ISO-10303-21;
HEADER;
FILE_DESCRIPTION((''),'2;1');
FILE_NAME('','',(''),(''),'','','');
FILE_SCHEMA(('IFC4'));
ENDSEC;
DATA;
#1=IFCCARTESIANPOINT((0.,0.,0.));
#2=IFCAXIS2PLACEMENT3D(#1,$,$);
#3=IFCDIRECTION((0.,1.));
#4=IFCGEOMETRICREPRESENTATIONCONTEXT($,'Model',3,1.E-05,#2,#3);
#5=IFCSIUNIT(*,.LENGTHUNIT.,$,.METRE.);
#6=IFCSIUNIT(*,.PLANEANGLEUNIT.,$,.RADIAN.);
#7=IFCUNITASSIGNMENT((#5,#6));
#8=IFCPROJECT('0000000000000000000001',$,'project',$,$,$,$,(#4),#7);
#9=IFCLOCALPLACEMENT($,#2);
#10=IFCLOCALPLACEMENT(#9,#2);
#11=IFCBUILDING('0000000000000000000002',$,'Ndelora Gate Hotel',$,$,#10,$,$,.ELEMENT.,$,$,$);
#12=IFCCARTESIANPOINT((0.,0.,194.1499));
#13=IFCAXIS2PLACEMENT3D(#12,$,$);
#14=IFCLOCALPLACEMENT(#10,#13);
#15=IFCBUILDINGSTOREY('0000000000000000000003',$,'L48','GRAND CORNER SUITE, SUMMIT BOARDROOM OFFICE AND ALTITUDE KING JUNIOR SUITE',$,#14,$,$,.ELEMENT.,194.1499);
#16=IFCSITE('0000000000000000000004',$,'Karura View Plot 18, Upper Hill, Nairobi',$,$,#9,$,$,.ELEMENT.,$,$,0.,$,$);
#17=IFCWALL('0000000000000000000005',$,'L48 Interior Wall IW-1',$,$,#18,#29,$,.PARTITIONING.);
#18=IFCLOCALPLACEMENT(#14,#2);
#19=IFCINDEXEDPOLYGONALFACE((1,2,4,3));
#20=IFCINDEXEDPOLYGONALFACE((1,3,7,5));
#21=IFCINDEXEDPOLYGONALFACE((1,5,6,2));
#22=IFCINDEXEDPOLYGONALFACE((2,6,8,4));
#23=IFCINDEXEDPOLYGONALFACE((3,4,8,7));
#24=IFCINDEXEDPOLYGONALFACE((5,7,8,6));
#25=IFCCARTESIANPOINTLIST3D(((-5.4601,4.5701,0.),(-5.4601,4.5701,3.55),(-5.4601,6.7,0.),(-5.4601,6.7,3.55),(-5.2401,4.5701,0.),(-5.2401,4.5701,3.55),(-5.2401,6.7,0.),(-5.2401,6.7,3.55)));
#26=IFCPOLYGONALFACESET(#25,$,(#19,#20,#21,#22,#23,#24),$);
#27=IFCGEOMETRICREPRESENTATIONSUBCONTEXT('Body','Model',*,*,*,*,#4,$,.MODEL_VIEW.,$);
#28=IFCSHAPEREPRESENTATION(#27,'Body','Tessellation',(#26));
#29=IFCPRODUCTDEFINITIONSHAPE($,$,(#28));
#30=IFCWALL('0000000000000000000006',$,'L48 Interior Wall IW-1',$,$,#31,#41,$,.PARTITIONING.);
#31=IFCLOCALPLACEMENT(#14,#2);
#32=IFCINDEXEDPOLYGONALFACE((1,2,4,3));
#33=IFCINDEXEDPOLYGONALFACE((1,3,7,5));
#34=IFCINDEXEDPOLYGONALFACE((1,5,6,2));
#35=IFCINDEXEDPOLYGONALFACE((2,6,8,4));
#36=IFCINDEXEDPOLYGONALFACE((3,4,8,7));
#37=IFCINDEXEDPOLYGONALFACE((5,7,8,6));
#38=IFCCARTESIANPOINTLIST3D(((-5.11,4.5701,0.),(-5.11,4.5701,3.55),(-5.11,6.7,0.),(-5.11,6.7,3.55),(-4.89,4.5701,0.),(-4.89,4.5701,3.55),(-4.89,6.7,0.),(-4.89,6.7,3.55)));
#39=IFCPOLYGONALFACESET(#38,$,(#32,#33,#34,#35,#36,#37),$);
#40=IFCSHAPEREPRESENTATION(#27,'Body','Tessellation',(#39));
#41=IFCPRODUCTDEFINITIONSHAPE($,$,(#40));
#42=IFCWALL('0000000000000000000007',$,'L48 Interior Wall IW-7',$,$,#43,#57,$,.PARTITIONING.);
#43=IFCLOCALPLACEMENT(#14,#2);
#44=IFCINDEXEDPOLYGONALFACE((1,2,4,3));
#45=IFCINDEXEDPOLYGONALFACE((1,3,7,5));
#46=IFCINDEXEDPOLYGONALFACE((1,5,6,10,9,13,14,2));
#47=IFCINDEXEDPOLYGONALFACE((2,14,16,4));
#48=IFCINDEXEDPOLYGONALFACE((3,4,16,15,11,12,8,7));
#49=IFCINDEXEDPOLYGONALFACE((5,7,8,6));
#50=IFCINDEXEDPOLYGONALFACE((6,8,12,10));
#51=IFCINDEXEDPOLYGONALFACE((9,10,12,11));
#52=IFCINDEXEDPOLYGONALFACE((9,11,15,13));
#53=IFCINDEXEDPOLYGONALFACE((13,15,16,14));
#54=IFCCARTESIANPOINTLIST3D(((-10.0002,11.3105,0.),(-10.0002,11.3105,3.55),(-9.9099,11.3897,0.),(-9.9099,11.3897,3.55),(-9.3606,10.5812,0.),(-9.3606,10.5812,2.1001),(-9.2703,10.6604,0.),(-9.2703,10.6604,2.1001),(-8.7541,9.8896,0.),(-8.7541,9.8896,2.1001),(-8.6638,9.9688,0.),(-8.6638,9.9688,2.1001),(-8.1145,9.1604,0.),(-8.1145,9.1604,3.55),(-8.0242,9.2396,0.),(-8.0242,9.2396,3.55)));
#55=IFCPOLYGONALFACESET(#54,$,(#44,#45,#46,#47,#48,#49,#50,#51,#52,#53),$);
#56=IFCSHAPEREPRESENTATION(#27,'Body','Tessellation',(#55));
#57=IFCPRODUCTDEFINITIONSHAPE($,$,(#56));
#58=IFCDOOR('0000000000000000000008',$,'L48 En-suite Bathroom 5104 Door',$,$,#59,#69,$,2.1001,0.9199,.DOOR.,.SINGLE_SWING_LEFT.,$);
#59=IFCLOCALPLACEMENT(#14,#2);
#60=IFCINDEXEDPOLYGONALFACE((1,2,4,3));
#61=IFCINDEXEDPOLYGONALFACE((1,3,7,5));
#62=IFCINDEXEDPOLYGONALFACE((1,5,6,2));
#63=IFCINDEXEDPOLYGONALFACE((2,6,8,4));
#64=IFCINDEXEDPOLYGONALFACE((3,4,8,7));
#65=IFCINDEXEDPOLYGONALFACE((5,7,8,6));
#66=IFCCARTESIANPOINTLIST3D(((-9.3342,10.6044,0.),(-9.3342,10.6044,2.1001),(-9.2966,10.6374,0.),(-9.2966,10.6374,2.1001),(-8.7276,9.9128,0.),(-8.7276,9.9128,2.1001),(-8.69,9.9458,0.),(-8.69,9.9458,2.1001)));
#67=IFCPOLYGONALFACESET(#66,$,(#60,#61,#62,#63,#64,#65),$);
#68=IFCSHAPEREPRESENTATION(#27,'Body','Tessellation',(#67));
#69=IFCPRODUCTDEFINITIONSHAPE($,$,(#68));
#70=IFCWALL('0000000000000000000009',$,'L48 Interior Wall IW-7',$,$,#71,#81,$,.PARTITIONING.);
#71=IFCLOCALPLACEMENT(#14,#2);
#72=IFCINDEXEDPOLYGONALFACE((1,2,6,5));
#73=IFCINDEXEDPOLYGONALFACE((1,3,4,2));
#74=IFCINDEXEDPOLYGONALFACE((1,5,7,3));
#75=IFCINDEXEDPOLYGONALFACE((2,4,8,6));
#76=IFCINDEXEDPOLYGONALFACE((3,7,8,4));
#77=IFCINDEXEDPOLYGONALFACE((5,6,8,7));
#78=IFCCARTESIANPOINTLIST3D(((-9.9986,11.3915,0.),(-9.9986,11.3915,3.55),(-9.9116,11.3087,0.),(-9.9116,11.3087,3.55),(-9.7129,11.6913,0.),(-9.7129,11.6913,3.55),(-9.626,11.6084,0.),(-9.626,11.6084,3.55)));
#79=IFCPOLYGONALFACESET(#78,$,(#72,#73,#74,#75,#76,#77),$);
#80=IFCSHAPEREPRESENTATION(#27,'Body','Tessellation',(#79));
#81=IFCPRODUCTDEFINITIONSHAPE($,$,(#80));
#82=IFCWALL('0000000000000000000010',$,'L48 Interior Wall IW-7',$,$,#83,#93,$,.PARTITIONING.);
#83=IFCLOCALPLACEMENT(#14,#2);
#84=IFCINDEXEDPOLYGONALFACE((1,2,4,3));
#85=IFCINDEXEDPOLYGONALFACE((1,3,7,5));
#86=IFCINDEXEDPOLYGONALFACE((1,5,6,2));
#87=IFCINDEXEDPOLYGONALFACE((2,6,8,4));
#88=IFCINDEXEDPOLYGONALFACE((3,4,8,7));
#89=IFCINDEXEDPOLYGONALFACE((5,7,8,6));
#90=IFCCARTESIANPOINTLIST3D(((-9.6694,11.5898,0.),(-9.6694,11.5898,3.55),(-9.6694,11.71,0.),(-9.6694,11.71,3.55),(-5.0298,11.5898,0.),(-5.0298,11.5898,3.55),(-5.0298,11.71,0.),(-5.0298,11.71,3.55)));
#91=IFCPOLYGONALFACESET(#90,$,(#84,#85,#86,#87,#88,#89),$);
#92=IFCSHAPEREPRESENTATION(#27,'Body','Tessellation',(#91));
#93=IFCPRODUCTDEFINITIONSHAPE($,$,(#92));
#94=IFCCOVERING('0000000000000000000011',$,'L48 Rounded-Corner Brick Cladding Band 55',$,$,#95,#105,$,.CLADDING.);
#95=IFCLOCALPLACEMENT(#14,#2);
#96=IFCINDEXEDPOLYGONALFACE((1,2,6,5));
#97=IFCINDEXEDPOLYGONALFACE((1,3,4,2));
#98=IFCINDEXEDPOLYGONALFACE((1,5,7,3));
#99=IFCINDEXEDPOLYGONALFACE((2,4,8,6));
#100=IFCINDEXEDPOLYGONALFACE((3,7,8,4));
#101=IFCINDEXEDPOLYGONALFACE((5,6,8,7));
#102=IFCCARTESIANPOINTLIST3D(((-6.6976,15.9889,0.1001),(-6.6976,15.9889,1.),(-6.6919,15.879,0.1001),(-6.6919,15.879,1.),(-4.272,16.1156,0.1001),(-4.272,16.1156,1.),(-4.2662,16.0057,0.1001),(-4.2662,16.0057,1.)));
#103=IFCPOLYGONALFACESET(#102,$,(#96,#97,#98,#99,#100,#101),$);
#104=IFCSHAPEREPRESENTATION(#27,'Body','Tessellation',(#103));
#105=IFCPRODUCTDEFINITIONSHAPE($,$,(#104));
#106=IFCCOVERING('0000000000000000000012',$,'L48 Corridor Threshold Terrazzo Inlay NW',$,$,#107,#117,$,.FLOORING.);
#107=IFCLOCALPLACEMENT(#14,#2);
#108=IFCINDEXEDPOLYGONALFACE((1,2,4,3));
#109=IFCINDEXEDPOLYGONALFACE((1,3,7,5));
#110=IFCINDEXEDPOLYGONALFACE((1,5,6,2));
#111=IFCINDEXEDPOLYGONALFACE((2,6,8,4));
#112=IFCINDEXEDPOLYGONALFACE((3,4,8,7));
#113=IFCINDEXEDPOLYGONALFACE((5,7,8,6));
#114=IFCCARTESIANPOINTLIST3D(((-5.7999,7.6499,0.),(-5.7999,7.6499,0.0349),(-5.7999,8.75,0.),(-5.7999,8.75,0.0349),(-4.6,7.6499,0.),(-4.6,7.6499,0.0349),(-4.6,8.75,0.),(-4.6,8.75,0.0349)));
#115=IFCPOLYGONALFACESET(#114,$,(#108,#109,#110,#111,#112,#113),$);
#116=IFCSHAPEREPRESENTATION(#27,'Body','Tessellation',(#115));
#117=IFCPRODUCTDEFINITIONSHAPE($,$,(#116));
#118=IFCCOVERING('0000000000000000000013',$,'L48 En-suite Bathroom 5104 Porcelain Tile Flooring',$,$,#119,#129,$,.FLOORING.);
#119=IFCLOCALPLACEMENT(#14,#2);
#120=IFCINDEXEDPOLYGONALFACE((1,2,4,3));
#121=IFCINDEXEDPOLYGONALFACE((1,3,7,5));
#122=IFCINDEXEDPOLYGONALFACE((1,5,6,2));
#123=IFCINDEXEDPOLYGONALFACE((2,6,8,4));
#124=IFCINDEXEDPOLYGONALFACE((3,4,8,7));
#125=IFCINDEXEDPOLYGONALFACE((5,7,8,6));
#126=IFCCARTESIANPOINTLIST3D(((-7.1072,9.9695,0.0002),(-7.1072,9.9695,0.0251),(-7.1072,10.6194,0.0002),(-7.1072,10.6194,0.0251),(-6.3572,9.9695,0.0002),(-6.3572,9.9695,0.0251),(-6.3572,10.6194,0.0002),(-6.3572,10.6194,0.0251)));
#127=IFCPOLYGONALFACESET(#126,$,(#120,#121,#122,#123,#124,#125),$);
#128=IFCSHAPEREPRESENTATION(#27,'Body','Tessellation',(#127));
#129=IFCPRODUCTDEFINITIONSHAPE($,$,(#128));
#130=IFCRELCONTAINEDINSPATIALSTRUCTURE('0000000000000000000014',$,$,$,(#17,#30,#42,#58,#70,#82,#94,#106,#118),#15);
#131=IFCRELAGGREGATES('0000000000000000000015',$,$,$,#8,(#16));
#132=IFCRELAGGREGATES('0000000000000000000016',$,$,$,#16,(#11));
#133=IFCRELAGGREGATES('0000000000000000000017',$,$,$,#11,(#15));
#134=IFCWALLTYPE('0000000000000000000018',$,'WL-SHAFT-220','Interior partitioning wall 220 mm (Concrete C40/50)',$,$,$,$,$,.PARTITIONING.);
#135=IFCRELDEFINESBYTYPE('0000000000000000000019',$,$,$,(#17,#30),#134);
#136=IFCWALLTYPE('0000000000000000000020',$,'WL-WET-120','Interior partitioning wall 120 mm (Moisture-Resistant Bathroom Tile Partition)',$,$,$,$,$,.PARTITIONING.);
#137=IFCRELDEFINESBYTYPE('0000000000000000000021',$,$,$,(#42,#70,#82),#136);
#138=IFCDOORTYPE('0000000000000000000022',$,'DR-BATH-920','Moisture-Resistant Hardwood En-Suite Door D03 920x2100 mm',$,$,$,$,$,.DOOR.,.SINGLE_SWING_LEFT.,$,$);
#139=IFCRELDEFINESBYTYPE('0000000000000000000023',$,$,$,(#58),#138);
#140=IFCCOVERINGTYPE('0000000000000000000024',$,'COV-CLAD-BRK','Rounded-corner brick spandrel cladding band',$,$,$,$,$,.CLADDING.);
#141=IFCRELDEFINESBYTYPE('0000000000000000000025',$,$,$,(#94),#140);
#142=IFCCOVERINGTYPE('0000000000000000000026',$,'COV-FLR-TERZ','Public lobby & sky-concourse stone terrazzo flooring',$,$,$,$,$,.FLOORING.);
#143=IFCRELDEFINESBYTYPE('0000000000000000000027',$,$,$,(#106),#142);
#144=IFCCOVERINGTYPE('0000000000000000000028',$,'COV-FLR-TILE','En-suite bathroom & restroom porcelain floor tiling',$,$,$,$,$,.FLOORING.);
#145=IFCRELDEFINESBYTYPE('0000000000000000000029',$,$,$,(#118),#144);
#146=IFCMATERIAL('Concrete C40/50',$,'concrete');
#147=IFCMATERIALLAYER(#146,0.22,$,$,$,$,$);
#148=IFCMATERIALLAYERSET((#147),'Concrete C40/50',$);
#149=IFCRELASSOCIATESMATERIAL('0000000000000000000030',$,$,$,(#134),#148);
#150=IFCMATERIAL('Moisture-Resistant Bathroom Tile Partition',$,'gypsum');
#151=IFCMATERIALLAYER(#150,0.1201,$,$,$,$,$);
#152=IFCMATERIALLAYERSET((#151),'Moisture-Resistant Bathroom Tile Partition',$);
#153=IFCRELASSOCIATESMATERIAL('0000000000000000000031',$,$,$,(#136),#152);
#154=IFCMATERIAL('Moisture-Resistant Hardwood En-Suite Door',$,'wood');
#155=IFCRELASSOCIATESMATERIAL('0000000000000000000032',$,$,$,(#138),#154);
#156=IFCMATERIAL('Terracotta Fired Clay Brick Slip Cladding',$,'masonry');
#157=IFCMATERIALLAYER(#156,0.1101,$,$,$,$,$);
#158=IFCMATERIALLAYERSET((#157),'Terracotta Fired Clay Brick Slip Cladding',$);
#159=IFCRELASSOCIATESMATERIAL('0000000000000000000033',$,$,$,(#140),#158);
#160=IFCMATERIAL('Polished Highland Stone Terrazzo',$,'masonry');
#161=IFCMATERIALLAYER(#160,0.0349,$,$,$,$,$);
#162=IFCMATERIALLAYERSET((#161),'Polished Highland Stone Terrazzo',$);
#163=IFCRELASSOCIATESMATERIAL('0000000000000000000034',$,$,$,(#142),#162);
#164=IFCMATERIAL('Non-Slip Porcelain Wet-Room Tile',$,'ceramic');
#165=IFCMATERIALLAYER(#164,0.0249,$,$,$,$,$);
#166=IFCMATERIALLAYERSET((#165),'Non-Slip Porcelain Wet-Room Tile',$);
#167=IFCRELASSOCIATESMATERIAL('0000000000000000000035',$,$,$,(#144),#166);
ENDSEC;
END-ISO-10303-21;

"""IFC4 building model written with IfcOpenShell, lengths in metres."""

from ifc_helpers import new_model, si_unit, direction, frame, frame_2d, origin, origin_2d, place, context, subcontext, project, spatial, rectangle, extrude, material, layer, layer_set, type_object, element, fill, save


model = new_model("IFC4")

# Units and contexts
model_context = context("Model", 3, precision=1e-05, world=origin(), true_north=direction((0.0, 1.0)))
body_context = subcontext(model_context, "Body", "Model", "MODEL_VIEW")
ifc_project = project(units=[si_unit("LENGTHUNIT", "METRE"), si_unit("PLANEANGLEUNIT", "RADIAN")], contexts=[model_context])

# Site, building, storey
site_placement = place(None, origin())
site = spatial("IfcSite", under=ifc_project, at=site_placement, Name="Karura View Plot 18, Upper Hill, Nairobi", CompositionType="ELEMENT", RefElevation=0.0)
building_placement = place(site_placement, origin())
building = spatial("IfcBuilding", under=site, at=building_placement, Name="Ndelora Gate Hotel", CompositionType="ELEMENT")
storey_placement = place(building_placement, frame((0.0, 0.0, 194.1499)))
storey = spatial("IfcBuildingStorey", under=building, at=storey_placement, Name="L48", Description="GRAND CORNER SUITE, SUMMIT BOARDROOM OFFICE AND ALTITUDE KING JUNIOR SUITE", CompositionType="ELEMENT", Elevation=194.1499)

# Walls
ifc_material_1 = material(Name="Concrete C40/50", Category="concrete")
ifc_layer_1 = layer(ifc_material_1, 0.22)
ifc_layer_set_1 = layer_set([ifc_layer_1], Name="Concrete C40/50")
wall_type_1 = type_object("IfcWallType", Name="WL-SHAFT-220", Description="Interior partitioning wall 220 mm (Concrete C40/50)", PredefinedType="PARTITIONING", material=ifc_layer_set_1)
for number, where, z_axis, x_axis, name in (
    (1, (-5.3501, 4.5701, 0.0), (0.0, 0.0, 1.0), (0.0, 1.0, 0.0), "L48 Interior Wall IW-1"),
    (2, (-5.0, 4.5701, 0.0), (0.0, 0.0, 1.0), (0.0, 1.0, 0.0), "L48 Interior Wall IW-1"),
):
    element("IfcWall", number, at=place(storey_placement, frame(where, z_axis=z_axis, x_axis=x_axis)), inside=storey, type_object=wall_type_1, Name=name, PredefinedType="PARTITIONING", context=body_context, shape_type="SweptSolid", body=[
        extrude(rectangle(XDim=2.1299, YDim=0.22, at=frame_2d((1.0649, 0.0))), origin(), (0.0, 0.0, 1.0), 3.55),
    ])

# Wall, opening, door
ifc_material_2 = material(Name="Moisture-Resistant Bathroom Tile Partition", Category="gypsum")
ifc_layer_2 = layer(ifc_material_2, 0.1201)
ifc_layer_set_2 = layer_set([ifc_layer_2], Name="Moisture-Resistant Bathroom Tile Partition")
wall_type_2 = type_object("IfcWallType", Name="WL-WET-120", Description="Interior partitioning wall 120 mm (Moisture-Resistant Bathroom Tile Partition)", PredefinedType="PARTITIONING", material=ifc_layer_set_2)
wall_1_placement = place(storey_placement, frame((-8.0693, 9.2, 0.0), z_axis=(0.0, 0.0, 1.0), x_axis=(-0.659368, 0.75182, 0.0)))
wall_1 = element("IfcWall", 3, at=wall_1_placement, inside=storey, type_object=wall_type_2, Name="L48 Interior Wall IW-7", PredefinedType="PARTITIONING", context=body_context, shape_type="SweptSolid", body=[
    extrude(rectangle(XDim=2.8599, YDim=0.1201, at=frame_2d((1.4299, 0.0))), origin(), (0.0, 0.0, 1.0), 3.55),
])
opening_1_placement = place(wall_1_placement, frame((0.97, 0.0, 0.0)))
opening_1 = element("IfcOpeningElement", 4, at=opening_1_placement, cuts=wall_1, PredefinedType="OPENING", context=body_context, shape_type="SweptSolid", body=[
    extrude(rectangle(XDim=0.9199, YDim=2.1001, at=frame_2d((0.46, 1.05))), frame((0.0, 0.0701, 0.0), z_axis=(0.0, -1.0, 0.0), x_axis=(1.0, 0.0, 0.0)), (0.0, 0.0, 1.0), 0.1401),
])
ifc_material_3 = material(Name="Moisture-Resistant Hardwood En-Suite Door", Category="wood")
door_type_1 = type_object("IfcDoorType", Name="DR-BATH-920", Description="Moisture-Resistant Hardwood En-Suite Door D03 920x2100 mm", OperationType="SINGLE_SWING_LEFT", PredefinedType="DOOR", material=ifc_material_3)
door_1_placement = place(opening_1_placement, origin())
door_1 = element("IfcDoor", 5, at=door_1_placement, inside=storey, type_object=door_type_1, Name="L48 En-suite Bathroom 5104 Door", OperationType="SINGLE_SWING_LEFT", OverallHeight=2.1001, OverallWidth=0.9199, PredefinedType="DOOR", context=body_context, shape_type="SweptSolid", body=[
    extrude(rectangle(XDim=0.9199, YDim=2.1001, at=frame_2d((0.46, 1.05))), frame((0.0, 0.0249, 0.0), z_axis=(0.0, -1.0, 0.0), x_axis=(1.0, 0.0, 0.0)), (0.0, 0.0, 1.0), 0.05),
])
fill(opening_1, door_1)

# Walls
wall_2_placement = place(storey_placement, frame((-9.9551, 11.3501, 0.0), z_axis=(0.0, 0.0, 1.0), x_axis=(0.689802, 0.723998, 0.0)))
element("IfcWall", 6, at=wall_2_placement, inside=storey, type_object=wall_type_2, Name="L48 Interior Wall IW-7", PredefinedType="PARTITIONING", context=body_context, shape_type="SweptSolid", body=[
    extrude(rectangle(XDim=0.4141, YDim=0.1201, at=frame_2d((0.207, 0.0))), origin(), (0.0, 0.0, 1.0), 3.55),
])
wall_3_placement = place(storey_placement, frame((-5.0298, 11.6499, 0.0), z_axis=(0.0, 0.0, 1.0), x_axis=(-1.0, 0.0, 0.0)))
element("IfcWall", 7, at=wall_3_placement, inside=storey, type_object=wall_type_2, Name="L48 Interior Wall IW-7", PredefinedType="PARTITIONING", context=body_context, shape_type="SweptSolid", body=[
    extrude(rectangle(XDim=4.6396, YDim=0.1201, at=frame_2d((2.3198, 0.0))), origin(), (0.0, 0.0, 1.0), 3.55),
])

# Coverings
ifc_material_4 = material(Name="Terracotta Fired Clay Brick Slip Cladding", Category="masonry")
ifc_layer_3 = layer(ifc_material_4, 0.1101)
ifc_layer_set_3 = layer_set([ifc_layer_3], Name="Terracotta Fired Clay Brick Slip Cladding")
covering_type_1 = type_object("IfcCoveringType", Name="COV-CLAD-BRK", Description="Rounded-corner brick spandrel cladding band", PredefinedType="CLADDING", material=ifc_layer_set_3)
covering_1_placement = place(storey_placement, frame((-5.4819, 15.9973, 0.1001), z_axis=(0.0, 0.0, 1.0), x_axis=(0.998639, 0.052162, 0.0)))
element("IfcCovering", 8, at=covering_1_placement, inside=storey, type_object=covering_type_1, Name="L48 Rounded-Corner Brick Cladding Band 55", PredefinedType="CLADDING", context=body_context, shape_type="SweptSolid", body=[
    extrude(rectangle(XDim=2.429, YDim=0.1101, at=origin_2d()), origin(), (0.0, 0.0, 1.0), 0.8999),
])
ifc_material_5 = material(Name="Polished Highland Stone Terrazzo", Category="masonry")
ifc_layer_4 = layer(ifc_material_5, 0.0349)
ifc_layer_set_4 = layer_set([ifc_layer_4], Name="Polished Highland Stone Terrazzo")
covering_type_2 = type_object("IfcCoveringType", Name="COV-FLR-TERZ", Description="Public lobby & sky-concourse stone terrazzo flooring", PredefinedType="FLOORING", material=ifc_layer_set_4)
covering_2_placement = place(storey_placement, frame((-5.2, 8.2, 0.0), z_axis=(0.0, 0.0, 1.0), x_axis=(1.0, 0.0, 0.0)))
element("IfcCovering", 9, at=covering_2_placement, inside=storey, type_object=covering_type_2, Name="L48 Corridor Threshold Terrazzo Inlay NW", PredefinedType="FLOORING", context=body_context, shape_type="SweptSolid", body=[
    extrude(rectangle(XDim=1.2, YDim=1.1001, at=origin_2d()), origin(), (0.0, 0.0, 1.0), 0.0349),
])
ifc_material_6 = material(Name="Non-Slip Porcelain Wet-Room Tile", Category="ceramic")
ifc_layer_5 = layer(ifc_material_6, 0.0249)
ifc_layer_set_5 = layer_set([ifc_layer_5], Name="Non-Slip Porcelain Wet-Room Tile")
covering_type_3 = type_object("IfcCoveringType", Name="COV-FLR-TILE", Description="En-suite bathroom & restroom porcelain floor tiling", PredefinedType="FLOORING", material=ifc_layer_set_5)
covering_3_placement = place(storey_placement, frame((-6.7322, 10.2944, 0.0002), z_axis=(0.0, 0.0, 1.0), x_axis=(1.0, 0.0, 0.0)))
element("IfcCovering", 10, at=covering_3_placement, inside=storey, type_object=covering_type_3, Name="L48 En-suite Bathroom 5104 Porcelain Tile Flooring", PredefinedType="FLOORING", context=body_context, shape_type="SweptSolid", body=[
    extrude(rectangle(XDim=0.75, YDim=0.6499, at=origin_2d()), origin(), (0.0, 0.0, 1.0), 0.0249),
])

save(model, "model.ifc")
